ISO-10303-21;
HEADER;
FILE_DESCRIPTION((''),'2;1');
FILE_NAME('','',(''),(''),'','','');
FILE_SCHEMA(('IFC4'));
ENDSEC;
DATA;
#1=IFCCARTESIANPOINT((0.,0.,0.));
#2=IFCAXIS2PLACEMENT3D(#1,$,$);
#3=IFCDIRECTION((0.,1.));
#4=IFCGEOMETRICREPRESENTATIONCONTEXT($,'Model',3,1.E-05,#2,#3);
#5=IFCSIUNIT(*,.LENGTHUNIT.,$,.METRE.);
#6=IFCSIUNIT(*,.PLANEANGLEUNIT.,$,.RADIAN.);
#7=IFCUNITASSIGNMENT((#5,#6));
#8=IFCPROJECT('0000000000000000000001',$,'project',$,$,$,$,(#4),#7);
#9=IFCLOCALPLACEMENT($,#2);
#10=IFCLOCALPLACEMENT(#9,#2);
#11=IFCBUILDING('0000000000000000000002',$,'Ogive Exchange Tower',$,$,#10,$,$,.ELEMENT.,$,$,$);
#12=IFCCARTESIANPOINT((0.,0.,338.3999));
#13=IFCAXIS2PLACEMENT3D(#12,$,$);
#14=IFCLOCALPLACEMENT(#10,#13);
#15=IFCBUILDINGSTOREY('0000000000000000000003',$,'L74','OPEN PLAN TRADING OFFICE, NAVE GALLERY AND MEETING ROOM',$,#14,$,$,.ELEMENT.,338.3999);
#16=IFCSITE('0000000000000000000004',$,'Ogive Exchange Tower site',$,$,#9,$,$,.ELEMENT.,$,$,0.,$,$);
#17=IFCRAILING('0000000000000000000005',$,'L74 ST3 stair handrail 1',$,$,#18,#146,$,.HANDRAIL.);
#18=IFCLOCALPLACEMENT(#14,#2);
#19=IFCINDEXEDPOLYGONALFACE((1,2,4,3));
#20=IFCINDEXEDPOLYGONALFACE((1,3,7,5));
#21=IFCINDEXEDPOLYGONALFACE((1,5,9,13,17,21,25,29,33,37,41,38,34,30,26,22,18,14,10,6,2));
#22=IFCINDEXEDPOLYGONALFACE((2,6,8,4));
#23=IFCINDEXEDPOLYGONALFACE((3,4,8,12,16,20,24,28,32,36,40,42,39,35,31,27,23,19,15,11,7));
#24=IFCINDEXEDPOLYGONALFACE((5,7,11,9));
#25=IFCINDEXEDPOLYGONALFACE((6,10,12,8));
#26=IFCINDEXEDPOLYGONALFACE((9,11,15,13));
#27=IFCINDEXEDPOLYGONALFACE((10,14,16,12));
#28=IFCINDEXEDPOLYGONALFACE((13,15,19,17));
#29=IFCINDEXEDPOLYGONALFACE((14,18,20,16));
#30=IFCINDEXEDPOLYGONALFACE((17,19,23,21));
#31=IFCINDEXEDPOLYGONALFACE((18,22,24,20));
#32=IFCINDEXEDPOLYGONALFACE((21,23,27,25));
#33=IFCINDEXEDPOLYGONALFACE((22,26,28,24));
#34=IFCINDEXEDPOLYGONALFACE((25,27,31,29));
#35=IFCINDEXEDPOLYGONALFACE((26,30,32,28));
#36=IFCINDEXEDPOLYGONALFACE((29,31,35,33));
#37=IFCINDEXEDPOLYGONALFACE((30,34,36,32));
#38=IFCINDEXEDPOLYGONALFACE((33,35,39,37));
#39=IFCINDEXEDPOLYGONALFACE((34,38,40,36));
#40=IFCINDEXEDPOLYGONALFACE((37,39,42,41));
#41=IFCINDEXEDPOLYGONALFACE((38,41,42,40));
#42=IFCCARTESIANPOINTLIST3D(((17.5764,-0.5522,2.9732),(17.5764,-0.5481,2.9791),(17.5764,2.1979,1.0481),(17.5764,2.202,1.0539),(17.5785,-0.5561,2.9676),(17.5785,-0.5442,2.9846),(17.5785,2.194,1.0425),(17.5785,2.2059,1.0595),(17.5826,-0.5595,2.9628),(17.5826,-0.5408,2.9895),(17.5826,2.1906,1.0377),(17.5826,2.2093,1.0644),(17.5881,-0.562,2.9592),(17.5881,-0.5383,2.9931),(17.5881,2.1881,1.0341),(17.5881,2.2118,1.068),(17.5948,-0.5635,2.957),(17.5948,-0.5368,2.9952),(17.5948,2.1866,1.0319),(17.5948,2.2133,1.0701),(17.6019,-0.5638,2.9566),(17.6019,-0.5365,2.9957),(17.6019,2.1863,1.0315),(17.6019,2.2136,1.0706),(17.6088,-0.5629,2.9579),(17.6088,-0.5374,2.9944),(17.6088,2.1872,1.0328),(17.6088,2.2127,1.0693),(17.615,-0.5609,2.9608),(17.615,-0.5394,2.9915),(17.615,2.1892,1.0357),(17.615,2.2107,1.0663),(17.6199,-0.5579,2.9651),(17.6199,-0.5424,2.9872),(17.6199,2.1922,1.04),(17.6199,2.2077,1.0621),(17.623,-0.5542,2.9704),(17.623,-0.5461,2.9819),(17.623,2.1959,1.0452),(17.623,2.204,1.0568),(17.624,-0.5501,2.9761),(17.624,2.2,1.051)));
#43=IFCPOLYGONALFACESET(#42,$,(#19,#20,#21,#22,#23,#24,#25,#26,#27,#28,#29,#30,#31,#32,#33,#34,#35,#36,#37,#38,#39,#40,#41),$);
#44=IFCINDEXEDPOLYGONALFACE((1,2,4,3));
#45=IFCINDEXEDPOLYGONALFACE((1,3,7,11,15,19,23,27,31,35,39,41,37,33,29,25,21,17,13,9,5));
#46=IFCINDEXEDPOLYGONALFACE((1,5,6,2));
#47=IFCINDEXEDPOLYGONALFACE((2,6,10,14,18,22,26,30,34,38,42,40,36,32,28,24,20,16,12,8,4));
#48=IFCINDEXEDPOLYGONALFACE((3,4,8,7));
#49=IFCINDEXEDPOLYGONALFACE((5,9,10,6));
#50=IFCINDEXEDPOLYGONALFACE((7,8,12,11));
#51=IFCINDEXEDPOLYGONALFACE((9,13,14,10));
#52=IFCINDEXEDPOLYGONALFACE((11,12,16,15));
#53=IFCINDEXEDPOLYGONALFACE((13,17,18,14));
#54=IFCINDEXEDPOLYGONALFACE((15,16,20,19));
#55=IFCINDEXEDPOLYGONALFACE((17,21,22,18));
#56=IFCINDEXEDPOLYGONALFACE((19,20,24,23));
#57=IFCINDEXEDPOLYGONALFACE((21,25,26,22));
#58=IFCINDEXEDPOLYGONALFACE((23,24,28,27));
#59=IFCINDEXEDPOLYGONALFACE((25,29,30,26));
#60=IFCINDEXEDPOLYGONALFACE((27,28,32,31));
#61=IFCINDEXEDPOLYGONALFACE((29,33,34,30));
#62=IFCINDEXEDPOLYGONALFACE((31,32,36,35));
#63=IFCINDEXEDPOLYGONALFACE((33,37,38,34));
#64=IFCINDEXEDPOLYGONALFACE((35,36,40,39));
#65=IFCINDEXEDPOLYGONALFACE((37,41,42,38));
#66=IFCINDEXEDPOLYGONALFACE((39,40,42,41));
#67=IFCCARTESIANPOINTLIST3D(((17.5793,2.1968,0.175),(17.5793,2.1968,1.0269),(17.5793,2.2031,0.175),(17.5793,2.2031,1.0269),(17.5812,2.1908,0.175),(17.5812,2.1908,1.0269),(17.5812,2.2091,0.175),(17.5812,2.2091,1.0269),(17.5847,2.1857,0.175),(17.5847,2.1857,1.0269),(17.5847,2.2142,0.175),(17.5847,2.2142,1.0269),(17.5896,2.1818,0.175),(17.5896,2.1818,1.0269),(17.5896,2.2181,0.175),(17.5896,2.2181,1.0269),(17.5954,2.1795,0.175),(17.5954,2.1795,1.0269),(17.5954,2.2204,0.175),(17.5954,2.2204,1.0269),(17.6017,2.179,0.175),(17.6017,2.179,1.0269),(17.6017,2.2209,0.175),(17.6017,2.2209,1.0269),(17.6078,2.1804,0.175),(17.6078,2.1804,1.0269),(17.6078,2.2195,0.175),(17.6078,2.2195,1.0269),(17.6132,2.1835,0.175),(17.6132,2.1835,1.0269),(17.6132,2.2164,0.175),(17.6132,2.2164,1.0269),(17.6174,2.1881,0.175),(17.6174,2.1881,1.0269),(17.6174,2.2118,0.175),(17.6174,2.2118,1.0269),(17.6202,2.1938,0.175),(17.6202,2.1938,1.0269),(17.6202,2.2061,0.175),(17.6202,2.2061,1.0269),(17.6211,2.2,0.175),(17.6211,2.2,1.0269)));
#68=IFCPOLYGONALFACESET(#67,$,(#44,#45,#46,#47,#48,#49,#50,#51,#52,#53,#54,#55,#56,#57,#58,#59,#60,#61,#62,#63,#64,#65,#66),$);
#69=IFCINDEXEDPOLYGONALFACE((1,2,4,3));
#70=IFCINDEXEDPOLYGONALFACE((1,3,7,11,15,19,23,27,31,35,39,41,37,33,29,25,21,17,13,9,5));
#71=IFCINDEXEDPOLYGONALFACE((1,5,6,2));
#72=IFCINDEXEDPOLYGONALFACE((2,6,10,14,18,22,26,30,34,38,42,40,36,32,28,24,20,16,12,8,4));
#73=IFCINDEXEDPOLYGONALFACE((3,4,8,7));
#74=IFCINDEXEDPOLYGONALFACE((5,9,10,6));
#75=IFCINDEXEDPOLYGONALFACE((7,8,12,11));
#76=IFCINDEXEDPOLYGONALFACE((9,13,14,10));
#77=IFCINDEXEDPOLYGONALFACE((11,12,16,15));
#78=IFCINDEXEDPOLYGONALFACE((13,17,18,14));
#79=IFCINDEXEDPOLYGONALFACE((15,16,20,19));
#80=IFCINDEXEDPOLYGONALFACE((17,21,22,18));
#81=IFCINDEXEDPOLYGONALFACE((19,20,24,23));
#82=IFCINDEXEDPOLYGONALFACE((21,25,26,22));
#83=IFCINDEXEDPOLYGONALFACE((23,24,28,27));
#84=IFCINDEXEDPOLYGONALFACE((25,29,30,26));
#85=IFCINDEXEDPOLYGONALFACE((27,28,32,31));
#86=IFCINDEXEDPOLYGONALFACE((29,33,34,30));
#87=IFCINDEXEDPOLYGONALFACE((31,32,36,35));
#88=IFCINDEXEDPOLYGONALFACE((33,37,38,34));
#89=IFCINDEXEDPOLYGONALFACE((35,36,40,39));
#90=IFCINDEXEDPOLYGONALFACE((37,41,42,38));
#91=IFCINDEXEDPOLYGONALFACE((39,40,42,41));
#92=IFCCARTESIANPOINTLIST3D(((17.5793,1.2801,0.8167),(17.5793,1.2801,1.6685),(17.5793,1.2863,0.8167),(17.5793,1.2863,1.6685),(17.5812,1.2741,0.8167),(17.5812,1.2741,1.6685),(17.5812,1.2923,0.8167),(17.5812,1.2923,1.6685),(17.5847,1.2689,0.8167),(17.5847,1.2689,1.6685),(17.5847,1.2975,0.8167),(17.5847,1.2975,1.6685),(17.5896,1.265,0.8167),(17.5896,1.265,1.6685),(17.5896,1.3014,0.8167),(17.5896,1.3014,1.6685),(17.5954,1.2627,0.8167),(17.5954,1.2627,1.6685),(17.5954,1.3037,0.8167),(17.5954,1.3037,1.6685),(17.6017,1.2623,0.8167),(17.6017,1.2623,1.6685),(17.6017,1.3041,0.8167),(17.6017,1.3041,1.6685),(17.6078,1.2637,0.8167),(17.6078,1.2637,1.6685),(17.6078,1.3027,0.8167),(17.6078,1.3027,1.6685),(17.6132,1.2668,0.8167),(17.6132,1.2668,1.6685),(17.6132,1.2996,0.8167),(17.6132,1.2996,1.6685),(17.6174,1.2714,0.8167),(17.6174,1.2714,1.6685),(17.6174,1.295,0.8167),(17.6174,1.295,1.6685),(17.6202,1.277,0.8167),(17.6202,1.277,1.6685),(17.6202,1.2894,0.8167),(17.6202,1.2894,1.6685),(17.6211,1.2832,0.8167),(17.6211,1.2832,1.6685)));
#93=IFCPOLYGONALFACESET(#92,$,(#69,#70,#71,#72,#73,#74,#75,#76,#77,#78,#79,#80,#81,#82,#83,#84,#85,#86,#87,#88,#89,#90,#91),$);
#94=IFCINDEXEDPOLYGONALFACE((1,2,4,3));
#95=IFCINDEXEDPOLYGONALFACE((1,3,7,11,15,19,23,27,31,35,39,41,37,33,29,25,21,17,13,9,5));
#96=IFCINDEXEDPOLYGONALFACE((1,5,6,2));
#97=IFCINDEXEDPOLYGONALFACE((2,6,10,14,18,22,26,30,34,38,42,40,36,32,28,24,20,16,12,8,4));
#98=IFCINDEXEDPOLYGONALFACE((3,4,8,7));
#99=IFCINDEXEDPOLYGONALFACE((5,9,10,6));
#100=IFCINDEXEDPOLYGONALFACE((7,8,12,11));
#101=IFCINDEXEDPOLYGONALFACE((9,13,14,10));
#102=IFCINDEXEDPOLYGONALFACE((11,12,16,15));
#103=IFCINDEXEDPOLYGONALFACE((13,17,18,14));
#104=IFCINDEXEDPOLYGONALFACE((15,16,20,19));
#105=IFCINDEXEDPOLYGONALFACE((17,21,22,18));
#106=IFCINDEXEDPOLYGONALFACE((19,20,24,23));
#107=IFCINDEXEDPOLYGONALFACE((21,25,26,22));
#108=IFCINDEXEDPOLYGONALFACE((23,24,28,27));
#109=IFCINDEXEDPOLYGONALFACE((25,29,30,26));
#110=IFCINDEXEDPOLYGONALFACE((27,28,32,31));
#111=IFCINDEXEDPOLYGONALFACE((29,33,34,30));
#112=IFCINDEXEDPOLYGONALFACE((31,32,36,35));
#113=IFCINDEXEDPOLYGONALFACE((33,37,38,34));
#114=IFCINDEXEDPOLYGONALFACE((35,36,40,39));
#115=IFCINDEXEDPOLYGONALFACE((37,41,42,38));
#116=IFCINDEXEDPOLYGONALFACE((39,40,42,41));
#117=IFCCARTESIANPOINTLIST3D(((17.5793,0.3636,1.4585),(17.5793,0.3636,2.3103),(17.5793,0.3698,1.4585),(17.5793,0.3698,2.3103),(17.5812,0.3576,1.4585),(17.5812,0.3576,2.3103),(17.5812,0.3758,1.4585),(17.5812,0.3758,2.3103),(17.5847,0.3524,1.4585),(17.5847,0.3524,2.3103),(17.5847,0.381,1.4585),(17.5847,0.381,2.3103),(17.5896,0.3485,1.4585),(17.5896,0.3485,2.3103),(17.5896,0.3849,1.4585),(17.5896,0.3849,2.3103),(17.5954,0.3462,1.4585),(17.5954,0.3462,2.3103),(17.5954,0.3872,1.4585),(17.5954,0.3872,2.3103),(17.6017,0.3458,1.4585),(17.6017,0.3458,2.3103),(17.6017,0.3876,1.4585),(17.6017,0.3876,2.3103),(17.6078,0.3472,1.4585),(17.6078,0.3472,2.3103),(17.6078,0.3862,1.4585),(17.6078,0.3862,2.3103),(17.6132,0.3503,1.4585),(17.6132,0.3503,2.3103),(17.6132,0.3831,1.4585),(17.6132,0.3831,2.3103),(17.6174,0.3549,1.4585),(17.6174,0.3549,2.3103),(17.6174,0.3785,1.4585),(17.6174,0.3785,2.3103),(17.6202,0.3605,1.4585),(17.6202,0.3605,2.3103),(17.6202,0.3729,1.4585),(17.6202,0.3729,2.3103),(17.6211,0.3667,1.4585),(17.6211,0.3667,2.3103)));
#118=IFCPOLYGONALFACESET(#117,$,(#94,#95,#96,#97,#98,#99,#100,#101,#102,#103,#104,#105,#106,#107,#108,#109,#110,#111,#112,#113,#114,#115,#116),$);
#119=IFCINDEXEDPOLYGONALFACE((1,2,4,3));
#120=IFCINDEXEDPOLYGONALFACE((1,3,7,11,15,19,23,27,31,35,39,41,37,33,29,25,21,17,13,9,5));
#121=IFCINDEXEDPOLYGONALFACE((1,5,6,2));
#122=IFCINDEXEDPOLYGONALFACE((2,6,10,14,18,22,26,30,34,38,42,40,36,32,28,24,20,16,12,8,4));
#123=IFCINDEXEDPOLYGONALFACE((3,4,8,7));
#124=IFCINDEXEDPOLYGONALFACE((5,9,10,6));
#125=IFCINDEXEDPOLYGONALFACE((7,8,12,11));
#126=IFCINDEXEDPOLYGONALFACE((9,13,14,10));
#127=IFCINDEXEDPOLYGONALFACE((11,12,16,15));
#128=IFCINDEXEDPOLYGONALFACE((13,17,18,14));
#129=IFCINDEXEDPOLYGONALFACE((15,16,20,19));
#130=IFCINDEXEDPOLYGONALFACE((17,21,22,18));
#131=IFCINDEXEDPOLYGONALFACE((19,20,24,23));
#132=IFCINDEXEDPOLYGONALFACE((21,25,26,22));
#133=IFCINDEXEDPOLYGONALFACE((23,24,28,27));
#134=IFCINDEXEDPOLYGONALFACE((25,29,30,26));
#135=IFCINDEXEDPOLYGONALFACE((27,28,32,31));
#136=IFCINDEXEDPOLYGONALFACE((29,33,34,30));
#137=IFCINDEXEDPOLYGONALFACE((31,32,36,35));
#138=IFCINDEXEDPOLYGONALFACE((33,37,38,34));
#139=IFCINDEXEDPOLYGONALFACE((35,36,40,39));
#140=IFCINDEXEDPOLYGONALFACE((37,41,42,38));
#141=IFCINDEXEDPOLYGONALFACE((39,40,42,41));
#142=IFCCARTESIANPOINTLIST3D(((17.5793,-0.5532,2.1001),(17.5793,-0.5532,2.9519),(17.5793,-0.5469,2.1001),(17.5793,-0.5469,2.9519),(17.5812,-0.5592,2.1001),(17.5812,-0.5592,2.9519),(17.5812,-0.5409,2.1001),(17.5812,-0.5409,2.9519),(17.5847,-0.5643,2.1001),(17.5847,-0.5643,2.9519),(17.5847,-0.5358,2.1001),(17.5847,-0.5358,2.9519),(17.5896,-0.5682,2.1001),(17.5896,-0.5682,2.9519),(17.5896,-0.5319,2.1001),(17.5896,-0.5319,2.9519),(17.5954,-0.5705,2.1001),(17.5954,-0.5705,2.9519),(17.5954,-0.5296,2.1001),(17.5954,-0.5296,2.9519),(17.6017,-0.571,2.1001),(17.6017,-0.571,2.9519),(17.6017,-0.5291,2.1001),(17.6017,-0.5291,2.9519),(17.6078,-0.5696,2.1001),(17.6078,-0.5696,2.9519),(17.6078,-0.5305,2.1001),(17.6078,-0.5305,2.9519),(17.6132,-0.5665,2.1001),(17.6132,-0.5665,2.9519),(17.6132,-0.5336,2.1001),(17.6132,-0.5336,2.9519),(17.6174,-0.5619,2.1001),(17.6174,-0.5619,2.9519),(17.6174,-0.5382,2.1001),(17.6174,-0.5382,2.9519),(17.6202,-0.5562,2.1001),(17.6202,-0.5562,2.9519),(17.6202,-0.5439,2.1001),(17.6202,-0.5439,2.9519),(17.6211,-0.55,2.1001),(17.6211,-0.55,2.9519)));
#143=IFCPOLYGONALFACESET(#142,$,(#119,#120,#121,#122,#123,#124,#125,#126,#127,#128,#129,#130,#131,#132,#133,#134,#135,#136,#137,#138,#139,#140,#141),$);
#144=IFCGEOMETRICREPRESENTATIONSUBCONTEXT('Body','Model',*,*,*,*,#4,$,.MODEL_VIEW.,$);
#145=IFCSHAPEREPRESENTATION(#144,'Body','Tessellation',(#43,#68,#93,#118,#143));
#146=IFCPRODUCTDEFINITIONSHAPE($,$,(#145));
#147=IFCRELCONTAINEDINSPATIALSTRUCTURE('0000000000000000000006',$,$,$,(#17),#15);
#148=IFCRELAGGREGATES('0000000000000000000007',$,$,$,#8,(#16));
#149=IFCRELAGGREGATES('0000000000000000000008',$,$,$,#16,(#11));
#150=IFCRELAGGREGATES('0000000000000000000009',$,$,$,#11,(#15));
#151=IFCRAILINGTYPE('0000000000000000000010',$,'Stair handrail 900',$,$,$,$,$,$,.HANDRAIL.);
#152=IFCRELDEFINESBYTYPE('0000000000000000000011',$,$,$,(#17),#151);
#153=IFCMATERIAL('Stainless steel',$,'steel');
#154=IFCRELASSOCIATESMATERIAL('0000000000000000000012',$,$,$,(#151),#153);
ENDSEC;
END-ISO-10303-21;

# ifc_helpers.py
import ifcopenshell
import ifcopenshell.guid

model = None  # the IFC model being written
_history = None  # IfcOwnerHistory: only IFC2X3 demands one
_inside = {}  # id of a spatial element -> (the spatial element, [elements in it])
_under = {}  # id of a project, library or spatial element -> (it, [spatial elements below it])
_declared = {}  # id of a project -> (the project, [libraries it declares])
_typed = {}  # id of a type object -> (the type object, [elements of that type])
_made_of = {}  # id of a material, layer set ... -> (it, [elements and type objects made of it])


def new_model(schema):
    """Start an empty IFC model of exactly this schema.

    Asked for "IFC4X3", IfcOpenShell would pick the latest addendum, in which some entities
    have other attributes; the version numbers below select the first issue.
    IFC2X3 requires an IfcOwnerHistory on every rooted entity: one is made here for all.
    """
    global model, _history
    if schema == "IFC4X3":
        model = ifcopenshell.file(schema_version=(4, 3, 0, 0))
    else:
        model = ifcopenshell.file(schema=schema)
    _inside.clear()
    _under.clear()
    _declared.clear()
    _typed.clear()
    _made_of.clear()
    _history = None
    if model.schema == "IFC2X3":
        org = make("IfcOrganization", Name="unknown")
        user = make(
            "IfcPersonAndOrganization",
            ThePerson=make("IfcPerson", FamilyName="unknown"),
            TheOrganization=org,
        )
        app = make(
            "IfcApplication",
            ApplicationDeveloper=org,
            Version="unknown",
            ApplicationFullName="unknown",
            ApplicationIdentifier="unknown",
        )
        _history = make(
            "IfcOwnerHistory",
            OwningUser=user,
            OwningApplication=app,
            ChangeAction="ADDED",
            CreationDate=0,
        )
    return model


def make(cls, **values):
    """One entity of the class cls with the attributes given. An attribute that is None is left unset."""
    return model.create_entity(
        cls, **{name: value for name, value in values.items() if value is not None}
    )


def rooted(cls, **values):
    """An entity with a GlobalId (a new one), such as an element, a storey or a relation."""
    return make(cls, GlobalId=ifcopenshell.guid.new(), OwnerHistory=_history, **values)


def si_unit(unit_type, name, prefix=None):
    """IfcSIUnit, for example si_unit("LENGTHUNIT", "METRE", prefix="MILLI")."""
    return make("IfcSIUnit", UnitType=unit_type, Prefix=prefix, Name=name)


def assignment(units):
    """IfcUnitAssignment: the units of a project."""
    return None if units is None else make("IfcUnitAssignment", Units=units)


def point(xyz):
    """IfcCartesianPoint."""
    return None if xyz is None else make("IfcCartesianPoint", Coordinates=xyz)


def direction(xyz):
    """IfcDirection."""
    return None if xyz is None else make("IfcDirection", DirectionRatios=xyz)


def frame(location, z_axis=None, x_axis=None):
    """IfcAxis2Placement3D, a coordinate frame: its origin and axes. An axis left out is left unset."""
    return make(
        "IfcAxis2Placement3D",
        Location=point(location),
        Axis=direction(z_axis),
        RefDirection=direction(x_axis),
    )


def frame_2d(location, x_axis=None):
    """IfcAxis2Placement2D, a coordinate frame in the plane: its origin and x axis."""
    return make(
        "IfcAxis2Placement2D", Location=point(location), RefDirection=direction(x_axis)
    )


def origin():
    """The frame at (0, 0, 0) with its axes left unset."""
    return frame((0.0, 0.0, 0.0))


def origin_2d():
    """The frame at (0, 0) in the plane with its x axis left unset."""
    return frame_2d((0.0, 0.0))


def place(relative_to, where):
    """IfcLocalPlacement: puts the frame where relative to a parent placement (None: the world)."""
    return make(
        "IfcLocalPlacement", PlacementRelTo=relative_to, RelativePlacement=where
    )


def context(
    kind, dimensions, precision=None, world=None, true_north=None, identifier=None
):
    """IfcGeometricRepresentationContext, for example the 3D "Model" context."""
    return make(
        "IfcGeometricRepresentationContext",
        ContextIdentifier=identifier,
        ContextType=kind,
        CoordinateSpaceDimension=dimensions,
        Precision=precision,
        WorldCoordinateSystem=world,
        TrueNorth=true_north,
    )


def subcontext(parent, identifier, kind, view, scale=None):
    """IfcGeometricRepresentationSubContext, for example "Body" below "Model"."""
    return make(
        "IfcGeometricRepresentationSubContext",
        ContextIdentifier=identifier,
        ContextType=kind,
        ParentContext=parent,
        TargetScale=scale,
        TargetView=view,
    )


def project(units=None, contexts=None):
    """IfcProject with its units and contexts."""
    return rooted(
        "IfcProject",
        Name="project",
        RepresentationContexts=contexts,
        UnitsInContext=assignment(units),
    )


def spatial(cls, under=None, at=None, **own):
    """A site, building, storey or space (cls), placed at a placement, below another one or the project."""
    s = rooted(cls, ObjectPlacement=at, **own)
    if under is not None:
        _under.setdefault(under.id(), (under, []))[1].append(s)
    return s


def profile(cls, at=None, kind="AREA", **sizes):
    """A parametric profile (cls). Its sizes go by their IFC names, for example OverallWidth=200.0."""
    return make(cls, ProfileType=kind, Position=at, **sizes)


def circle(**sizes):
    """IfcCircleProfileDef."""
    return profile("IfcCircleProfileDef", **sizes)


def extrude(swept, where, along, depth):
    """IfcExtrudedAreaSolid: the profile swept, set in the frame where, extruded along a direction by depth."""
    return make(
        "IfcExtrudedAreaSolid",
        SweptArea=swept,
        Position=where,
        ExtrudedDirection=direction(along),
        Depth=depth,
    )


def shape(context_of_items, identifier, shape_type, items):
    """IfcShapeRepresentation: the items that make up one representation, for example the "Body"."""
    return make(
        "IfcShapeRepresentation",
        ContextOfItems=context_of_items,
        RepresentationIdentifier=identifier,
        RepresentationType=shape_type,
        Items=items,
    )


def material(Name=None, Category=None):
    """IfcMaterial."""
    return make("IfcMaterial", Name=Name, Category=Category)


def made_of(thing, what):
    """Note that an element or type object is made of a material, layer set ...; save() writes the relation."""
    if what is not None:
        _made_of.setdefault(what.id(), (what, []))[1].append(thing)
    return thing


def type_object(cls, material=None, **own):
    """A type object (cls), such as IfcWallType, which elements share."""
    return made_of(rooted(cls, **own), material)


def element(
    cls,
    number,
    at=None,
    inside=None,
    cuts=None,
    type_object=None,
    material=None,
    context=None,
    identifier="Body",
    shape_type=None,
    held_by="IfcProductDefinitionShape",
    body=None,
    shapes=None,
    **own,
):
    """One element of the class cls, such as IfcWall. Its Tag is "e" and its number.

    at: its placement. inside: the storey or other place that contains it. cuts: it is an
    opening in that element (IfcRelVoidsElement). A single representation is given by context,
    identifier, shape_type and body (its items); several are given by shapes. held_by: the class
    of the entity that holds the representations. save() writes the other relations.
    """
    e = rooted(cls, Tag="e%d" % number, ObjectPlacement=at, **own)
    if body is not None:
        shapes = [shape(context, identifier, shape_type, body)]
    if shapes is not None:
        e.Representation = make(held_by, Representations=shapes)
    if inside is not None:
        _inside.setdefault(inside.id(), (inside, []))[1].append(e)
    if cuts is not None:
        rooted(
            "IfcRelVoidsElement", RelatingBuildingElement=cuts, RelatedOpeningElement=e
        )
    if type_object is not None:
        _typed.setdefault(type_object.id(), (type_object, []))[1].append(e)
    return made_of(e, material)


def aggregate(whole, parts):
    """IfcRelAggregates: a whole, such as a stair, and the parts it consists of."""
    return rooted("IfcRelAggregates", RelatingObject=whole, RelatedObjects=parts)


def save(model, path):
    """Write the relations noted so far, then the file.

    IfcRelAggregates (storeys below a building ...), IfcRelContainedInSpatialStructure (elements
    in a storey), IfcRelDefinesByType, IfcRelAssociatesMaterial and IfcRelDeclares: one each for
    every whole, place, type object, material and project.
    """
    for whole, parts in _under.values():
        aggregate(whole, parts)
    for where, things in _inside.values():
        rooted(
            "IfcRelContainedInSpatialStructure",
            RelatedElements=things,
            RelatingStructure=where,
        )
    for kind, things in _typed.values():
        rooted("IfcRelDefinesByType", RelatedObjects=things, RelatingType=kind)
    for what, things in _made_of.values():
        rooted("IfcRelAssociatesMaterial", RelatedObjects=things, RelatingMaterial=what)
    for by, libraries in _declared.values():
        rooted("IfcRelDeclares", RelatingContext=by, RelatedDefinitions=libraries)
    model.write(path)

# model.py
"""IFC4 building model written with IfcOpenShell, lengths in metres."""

from ifc_helpers import new_model, si_unit, direction, frame, origin, origin_2d, place, context, subcontext, project, spatial, circle, extrude, material, type_object, element, save


model = new_model("IFC4")

# Units and contexts
model_context = context("Model", 3, precision=1e-05, world=origin(), true_north=direction((0.0, 1.0)))
body_context = subcontext(model_context, "Body", "Model", "MODEL_VIEW")
ifc_project = project(units=[si_unit("LENGTHUNIT", "METRE"), si_unit("PLANEANGLEUNIT", "RADIAN")], contexts=[model_context])

# Site, building, storey
site_placement = place(None, origin())
site = spatial("IfcSite", under=ifc_project, at=site_placement, Name="Ogive Exchange Tower site", CompositionType="ELEMENT", RefElevation=0.0)
building_placement = place(site_placement, origin())
building = spatial("IfcBuilding", under=site, at=building_placement, Name="Ogive Exchange Tower", CompositionType="ELEMENT")
storey_placement = place(building_placement, frame((0.0, 0.0, 338.3999)))
storey = spatial("IfcBuildingStorey", under=building, at=storey_placement, Name="L74", Description="OPEN PLAN TRADING OFFICE, NAVE GALLERY AND MEETING ROOM", CompositionType="ELEMENT", Elevation=338.3999)

# Shared definitions
ifc_material_1 = material(Name="Stainless steel", Category="steel")

# Railing
railing_type = type_object("IfcRailingType", Name="Stair handrail 900", PredefinedType="HANDRAIL", material=ifc_material_1)
railing_1_placement = place(storey_placement, frame((17.6001, 2.2, 0.175)))
element("IfcRailing", 1, at=railing_1_placement, inside=storey, type_object=railing_type, Name="L74 ST3 stair handrail 1", PredefinedType="HANDRAIL", context=body_context, shape_type="SweptSolid", body=[
    extrude(circle(Radius=0.0239, at=origin_2d()), frame((0.0, 0.0, 0.876), z_axis=(0.0, -0.819225, 0.573472), x_axis=(1.0, 0.0, 0.0)), (0.0, 0.0, 1.0), 3.3569),
    extrude(circle(Radius=0.021, at=origin_2d()), origin(), (0.0, 0.0, 1.0), 0.8518),
    extrude(circle(Radius=0.021, at=origin_2d()), frame((0.0, -0.9167, 0.6416)), (0.0, 0.0, 1.0), 0.8518),
    extrude(circle(Radius=0.021, at=origin_2d()), frame((0.0, -1.8333, 1.2834)), (0.0, 0.0, 1.0), 0.8518),
    extrude(circle(Radius=0.021, at=origin_2d()), frame((0.0, -2.75, 1.925)), (0.0, 0.0, 1.0), 0.8518),
])

save(model, "model.ifc")
